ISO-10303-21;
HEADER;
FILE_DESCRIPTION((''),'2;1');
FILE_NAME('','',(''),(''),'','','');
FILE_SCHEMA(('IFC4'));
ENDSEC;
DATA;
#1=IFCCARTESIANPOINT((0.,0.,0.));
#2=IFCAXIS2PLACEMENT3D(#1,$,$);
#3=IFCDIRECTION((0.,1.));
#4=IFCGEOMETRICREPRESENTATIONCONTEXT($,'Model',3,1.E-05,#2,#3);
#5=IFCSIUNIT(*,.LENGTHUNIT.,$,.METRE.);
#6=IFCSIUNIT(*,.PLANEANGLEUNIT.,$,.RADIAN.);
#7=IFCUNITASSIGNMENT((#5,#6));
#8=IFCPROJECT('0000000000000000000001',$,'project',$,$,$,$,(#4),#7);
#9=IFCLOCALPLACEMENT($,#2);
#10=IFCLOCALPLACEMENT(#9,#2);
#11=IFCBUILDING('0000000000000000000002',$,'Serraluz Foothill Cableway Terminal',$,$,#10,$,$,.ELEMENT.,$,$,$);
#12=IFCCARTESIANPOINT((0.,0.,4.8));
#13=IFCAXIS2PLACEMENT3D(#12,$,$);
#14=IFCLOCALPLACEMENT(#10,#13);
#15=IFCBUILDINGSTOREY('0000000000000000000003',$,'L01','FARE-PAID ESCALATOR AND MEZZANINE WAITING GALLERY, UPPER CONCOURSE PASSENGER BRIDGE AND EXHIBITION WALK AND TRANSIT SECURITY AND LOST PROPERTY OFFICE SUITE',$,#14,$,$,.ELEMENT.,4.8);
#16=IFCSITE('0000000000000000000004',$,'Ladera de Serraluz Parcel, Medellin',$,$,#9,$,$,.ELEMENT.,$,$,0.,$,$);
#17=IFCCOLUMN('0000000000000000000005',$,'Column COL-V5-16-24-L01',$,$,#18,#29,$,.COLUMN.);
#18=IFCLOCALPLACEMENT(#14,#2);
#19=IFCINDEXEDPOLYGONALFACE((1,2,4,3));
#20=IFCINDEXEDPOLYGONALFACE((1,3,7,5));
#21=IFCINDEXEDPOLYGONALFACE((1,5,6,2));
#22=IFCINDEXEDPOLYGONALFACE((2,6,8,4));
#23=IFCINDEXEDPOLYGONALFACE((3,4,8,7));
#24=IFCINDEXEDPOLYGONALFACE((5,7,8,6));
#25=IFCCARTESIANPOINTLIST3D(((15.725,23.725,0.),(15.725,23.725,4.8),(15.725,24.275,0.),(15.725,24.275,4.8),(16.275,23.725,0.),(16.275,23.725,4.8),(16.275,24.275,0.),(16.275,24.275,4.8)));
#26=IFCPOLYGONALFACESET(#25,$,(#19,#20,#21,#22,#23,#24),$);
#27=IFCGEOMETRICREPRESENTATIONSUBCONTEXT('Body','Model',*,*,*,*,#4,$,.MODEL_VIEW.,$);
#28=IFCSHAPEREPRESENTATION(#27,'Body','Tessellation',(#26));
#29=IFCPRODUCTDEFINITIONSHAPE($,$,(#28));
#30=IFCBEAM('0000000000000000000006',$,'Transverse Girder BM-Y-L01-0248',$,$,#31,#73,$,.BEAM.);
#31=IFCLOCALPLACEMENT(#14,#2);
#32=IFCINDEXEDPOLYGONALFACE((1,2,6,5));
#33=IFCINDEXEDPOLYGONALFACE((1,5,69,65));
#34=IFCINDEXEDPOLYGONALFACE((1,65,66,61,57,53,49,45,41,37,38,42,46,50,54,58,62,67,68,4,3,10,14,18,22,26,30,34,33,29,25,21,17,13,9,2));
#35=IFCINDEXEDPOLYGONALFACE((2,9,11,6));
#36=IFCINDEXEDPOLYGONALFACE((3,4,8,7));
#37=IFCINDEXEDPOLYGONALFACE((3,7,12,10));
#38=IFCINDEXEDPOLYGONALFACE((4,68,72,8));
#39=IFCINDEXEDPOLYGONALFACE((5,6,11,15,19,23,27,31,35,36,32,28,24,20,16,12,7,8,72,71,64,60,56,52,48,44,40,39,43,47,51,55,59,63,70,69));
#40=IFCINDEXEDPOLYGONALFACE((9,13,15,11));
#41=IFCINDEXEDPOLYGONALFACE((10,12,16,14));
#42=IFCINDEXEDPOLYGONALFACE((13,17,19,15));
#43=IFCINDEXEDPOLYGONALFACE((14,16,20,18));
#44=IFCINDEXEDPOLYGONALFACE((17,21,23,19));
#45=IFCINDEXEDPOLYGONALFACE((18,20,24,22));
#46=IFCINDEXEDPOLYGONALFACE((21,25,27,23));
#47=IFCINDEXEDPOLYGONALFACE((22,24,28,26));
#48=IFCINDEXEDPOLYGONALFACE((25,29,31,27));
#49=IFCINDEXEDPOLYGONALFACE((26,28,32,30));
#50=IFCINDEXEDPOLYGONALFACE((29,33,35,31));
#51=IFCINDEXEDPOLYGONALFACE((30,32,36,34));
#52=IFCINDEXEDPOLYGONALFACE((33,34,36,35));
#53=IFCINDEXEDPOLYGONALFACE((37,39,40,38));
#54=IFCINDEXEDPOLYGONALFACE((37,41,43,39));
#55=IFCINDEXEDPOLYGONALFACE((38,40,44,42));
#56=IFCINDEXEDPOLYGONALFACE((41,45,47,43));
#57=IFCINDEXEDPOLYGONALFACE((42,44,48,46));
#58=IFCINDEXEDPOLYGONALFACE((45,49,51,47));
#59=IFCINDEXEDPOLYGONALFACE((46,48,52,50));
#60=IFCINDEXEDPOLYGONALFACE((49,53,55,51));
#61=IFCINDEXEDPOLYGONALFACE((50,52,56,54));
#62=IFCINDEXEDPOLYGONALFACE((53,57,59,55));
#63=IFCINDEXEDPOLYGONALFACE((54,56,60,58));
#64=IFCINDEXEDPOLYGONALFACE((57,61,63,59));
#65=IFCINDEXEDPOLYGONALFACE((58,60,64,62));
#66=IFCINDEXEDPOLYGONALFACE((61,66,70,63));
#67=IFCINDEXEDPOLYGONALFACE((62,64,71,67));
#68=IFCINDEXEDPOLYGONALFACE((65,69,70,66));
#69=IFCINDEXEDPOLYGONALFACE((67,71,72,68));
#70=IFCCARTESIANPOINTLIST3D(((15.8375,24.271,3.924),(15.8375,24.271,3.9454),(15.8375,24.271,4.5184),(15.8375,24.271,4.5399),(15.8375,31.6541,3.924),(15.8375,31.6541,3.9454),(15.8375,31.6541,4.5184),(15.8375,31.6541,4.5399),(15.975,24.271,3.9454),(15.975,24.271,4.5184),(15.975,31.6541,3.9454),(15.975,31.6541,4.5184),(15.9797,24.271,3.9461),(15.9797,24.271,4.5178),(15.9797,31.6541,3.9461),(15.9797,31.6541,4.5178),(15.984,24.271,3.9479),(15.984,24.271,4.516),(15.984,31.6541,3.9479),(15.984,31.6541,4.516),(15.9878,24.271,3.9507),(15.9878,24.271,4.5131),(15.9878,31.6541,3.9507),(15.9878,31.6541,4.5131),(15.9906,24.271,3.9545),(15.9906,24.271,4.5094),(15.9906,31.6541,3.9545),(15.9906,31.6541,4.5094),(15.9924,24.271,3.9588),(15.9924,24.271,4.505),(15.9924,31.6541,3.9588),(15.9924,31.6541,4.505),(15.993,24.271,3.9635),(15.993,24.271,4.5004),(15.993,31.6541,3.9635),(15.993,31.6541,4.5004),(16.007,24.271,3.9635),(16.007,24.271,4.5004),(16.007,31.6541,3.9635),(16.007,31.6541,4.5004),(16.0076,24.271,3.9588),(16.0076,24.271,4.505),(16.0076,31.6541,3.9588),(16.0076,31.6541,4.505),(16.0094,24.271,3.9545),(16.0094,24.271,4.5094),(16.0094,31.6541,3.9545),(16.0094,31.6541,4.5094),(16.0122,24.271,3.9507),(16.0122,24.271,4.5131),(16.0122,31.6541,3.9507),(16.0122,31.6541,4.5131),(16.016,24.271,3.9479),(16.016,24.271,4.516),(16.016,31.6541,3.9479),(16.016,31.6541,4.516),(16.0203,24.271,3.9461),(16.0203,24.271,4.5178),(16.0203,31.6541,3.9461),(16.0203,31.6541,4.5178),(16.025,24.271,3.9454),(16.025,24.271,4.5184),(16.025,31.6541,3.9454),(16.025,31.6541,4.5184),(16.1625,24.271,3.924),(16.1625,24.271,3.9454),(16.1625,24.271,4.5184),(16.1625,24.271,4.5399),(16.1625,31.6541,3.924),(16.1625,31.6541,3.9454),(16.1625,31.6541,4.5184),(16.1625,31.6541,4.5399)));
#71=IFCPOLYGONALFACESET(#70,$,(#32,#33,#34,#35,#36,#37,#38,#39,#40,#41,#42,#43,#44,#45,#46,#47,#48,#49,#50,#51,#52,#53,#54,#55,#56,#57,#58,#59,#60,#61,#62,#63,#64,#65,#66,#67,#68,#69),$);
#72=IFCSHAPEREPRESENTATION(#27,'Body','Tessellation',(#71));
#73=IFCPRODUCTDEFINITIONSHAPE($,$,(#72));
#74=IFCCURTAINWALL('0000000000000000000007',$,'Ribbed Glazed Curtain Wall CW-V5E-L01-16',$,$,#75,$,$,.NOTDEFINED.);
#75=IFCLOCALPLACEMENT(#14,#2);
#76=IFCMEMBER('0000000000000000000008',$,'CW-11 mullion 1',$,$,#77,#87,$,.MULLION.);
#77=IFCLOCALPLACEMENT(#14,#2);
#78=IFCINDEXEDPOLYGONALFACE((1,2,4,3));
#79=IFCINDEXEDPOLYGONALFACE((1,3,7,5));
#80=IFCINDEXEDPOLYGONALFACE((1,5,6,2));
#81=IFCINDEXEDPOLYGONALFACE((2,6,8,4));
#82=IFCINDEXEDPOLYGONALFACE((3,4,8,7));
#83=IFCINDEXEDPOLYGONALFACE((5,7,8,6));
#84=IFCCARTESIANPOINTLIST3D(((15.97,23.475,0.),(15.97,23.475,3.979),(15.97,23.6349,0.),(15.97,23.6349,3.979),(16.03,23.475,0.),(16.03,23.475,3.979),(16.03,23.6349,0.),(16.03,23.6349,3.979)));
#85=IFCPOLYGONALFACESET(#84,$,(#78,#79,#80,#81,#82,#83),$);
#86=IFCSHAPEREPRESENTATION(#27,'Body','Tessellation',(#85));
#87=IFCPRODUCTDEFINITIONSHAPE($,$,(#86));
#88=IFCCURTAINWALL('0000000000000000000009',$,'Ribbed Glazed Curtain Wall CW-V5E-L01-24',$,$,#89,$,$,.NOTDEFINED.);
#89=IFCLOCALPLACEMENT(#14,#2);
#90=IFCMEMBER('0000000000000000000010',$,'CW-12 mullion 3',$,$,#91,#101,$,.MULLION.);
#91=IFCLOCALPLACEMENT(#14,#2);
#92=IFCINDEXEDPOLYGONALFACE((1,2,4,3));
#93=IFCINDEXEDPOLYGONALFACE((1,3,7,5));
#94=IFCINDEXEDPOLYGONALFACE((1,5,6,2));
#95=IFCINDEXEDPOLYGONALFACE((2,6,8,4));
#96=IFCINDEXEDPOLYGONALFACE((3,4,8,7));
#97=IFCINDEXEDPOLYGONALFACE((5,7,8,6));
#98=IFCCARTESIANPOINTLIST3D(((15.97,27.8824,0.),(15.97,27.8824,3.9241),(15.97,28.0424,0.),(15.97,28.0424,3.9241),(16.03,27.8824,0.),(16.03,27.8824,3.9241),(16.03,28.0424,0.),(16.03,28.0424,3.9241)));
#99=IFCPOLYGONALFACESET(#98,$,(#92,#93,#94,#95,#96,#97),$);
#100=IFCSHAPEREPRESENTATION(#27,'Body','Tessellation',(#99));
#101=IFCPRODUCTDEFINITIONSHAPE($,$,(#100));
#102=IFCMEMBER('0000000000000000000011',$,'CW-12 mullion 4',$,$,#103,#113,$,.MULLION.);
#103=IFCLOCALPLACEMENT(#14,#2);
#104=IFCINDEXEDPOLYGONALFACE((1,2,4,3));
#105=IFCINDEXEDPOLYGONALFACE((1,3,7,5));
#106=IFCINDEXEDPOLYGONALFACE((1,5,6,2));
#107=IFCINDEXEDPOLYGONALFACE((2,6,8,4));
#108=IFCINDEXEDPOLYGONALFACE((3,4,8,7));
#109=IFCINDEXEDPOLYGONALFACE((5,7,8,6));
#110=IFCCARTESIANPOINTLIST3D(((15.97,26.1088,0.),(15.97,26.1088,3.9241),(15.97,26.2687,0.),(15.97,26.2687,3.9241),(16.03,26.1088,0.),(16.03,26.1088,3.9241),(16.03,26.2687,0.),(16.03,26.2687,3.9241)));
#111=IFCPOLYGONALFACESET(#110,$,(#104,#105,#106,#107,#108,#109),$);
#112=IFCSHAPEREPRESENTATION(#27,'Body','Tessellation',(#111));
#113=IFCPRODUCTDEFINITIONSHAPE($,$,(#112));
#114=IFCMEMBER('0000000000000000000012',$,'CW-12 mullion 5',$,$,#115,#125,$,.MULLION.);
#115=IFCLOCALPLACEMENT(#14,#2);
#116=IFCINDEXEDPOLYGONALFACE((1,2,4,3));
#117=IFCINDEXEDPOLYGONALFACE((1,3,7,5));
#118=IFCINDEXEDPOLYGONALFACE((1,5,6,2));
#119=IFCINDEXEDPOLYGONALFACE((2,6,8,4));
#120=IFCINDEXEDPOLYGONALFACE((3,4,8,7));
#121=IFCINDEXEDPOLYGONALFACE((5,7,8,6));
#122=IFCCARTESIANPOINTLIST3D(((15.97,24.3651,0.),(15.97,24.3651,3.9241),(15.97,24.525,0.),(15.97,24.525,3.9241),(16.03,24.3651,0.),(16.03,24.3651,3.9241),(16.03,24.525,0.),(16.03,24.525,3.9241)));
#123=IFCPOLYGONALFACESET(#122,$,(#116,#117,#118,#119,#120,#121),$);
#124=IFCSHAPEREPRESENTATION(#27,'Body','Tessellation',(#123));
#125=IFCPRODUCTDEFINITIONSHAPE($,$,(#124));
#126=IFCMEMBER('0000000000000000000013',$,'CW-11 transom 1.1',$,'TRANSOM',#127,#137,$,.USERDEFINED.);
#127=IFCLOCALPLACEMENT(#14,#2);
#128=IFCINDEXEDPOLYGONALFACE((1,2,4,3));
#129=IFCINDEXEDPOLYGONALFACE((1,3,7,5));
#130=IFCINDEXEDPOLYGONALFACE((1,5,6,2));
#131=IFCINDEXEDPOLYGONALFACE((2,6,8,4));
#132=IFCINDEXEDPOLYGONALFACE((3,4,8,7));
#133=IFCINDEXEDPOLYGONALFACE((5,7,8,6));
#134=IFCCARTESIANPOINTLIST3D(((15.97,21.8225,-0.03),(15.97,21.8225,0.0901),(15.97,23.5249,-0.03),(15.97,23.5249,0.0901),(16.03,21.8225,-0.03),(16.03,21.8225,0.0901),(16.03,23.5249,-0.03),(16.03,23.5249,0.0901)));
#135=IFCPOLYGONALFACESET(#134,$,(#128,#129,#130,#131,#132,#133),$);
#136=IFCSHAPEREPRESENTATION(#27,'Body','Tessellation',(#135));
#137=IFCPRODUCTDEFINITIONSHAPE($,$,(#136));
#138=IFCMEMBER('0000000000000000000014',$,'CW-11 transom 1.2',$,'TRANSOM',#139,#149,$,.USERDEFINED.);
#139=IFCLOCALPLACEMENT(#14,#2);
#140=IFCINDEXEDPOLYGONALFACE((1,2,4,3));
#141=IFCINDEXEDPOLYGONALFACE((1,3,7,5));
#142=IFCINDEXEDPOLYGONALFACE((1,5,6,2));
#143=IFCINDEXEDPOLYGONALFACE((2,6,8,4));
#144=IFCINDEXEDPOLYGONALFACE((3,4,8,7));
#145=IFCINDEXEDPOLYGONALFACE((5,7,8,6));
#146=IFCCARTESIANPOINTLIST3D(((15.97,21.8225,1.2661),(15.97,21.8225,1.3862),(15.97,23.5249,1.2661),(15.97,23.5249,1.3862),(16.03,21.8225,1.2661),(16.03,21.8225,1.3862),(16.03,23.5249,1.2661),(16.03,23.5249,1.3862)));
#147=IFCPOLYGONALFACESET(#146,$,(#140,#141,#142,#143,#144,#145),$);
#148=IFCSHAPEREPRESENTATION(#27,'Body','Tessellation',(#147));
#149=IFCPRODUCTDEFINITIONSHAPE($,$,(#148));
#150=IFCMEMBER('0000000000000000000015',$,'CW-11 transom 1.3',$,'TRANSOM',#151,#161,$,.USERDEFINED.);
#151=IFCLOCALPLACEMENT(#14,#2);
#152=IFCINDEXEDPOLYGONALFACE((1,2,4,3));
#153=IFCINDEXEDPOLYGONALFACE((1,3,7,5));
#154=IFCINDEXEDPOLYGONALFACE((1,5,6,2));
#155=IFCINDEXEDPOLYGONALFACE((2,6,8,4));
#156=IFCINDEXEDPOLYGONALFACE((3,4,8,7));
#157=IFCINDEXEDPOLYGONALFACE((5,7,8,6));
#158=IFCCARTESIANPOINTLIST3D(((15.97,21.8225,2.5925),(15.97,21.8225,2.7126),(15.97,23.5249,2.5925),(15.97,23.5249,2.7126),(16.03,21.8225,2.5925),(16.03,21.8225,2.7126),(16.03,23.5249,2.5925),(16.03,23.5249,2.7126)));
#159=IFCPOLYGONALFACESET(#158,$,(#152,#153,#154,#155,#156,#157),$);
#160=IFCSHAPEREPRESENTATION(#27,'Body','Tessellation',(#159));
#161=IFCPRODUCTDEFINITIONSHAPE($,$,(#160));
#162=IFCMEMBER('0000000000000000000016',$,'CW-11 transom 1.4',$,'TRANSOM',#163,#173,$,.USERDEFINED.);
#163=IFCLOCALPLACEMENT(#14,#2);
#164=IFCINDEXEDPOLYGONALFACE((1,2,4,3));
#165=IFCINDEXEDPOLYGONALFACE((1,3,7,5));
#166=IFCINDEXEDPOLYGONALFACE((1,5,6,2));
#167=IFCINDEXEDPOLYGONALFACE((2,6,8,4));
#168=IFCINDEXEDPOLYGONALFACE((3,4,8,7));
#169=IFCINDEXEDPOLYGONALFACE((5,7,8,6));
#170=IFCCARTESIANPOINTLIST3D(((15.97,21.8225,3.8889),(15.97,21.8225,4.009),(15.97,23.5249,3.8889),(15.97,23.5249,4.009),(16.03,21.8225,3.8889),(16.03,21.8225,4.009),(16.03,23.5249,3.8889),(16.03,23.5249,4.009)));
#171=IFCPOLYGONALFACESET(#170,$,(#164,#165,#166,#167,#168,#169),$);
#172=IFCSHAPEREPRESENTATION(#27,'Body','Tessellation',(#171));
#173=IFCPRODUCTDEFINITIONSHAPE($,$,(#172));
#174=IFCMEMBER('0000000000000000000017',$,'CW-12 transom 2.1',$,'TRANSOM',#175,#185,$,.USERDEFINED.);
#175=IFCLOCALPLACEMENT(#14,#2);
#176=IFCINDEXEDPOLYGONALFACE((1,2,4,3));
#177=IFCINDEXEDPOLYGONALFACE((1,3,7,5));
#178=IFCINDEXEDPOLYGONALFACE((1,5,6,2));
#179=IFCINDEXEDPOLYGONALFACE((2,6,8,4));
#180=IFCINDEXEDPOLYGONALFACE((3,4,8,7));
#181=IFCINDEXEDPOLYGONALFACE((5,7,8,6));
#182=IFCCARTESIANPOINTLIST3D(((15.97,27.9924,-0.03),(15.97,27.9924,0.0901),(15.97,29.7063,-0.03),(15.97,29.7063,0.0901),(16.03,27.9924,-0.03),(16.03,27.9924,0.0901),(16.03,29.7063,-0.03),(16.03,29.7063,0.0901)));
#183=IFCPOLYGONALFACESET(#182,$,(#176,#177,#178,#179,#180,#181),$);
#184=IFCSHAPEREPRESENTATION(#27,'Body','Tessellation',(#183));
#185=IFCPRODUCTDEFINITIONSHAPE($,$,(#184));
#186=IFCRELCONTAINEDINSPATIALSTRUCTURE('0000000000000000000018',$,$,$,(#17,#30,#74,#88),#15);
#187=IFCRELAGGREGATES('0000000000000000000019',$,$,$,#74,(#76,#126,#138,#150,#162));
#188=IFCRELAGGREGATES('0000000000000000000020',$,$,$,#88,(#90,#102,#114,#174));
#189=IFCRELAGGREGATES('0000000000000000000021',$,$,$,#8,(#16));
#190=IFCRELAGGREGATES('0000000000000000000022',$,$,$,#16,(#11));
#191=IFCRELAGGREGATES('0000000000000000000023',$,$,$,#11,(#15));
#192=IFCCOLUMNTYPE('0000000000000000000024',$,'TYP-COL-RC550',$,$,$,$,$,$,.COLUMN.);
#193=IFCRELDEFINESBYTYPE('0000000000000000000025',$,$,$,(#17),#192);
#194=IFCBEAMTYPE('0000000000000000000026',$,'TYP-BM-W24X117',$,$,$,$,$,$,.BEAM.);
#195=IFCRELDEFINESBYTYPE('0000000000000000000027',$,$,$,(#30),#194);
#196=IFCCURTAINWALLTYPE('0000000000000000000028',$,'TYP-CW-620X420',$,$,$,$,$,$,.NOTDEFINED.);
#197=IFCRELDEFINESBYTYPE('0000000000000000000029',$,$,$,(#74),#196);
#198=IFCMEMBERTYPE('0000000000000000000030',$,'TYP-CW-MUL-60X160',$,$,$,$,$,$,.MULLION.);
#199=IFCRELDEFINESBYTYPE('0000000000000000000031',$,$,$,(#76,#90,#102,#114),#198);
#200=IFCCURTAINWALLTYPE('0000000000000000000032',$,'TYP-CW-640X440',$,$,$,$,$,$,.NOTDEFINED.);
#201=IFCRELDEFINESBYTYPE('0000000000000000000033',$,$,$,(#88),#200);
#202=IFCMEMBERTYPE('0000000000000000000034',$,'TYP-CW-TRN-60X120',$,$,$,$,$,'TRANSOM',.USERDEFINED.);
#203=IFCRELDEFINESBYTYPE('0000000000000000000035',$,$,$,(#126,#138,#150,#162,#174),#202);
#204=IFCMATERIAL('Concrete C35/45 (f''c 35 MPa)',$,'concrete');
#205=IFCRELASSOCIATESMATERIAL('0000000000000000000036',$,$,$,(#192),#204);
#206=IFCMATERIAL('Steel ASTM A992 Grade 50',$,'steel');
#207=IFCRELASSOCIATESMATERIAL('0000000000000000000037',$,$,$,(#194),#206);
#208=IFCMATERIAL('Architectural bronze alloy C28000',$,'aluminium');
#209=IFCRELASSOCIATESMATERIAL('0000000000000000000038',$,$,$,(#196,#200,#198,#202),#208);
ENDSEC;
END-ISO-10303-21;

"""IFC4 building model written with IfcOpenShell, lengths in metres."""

from ifc_helpers import new_model, si_unit, direction, frame, origin, origin_2d, place, context, subcontext, project, spatial, rectangle, i_section, extrude, material, material_profile, profile_set, type_object, element, aggregate, save


model = new_model("IFC4")

# Units and contexts
model_context = context("Model", 3, precision=1e-05, world=origin(), true_north=direction((0.0, 1.0)))
body_context = subcontext(model_context, "Body", "Model", "MODEL_VIEW")
ifc_project = project(units=[si_unit("LENGTHUNIT", "METRE"), si_unit("PLANEANGLEUNIT", "RADIAN")], contexts=[model_context])

# Site, building, storey
site_placement = place(None, origin())
site = spatial("IfcSite", under=ifc_project, at=site_placement, Name="Ladera de Serraluz Parcel, Medellin", CompositionType="ELEMENT", RefElevation=0.0)
building_placement = place(site_placement, origin())
building = spatial("IfcBuilding", under=site, at=building_placement, Name="Serraluz Foothill Cableway Terminal", CompositionType="ELEMENT")
storey_placement = place(building_placement, frame((0.0, 0.0, 4.8)))
storey = spatial("IfcBuildingStorey", under=building, at=storey_placement, Name="L01", Description="FARE-PAID ESCALATOR AND MEZZANINE WAITING GALLERY, UPPER CONCOURSE PASSENGER BRIDGE AND EXHIBITION WALK AND TRANSIT SECURITY AND LOST PROPERTY OFFICE SUITE", CompositionType="ELEMENT", Elevation=4.8)

# Column
ifc_material_1 = material(Name="Concrete C35/45 (f'c 35 MPa)", Category="concrete")
ifc_material_profile_1 = material_profile(ifc_material_1, rectangle(XDim=0.55, YDim=0.55, at=origin_2d()), Name="RC 550x550")
ifc_profile_set_1 = profile_set([ifc_material_profile_1], Name="Concrete C35/45 (f'c 35 MPa)")
column_type = type_object("IfcColumnType", Name="TYP-COL-RC550", PredefinedType="COLUMN", material=ifc_profile_set_1)
column_placement = place(storey_placement, frame((16.0, 24.0, 0.0), z_axis=(0.0, 0.0, 1.0), x_axis=(1.0, 0.0, 0.0)))
element("IfcColumn", 1, at=column_placement, inside=storey, type_object=column_type, Name="Column COL-V5-16-24-L01", PredefinedType="COLUMN", context=body_context, shape_type="SweptSolid", body=[
    extrude(rectangle(XDim=0.55, YDim=0.55, at=origin_2d()), origin(), (0.0, 0.0, 1.0), 4.8),
])

# Beam
ifc_material_2 = material(Name="Steel ASTM A992 Grade 50", Category="steel")
ifc_material_profile_2 = material_profile(ifc_material_2, i_section(OverallWidth=0.325, OverallDepth=0.616, WebThickness=0.0139, FlangeThickness=0.0215, FilletRadius=0.0181, at=origin_2d()), Name="W24X117")
ifc_profile_set_2 = profile_set([ifc_material_profile_2], Name="Steel ASTM A992 Grade 50")
beam_type = type_object("IfcBeamType", Name="TYP-BM-W24X117", PredefinedType="BEAM", material=ifc_profile_set_2)
beam_placement = place(storey_placement, frame((16.0, 24.271, 4.2319), z_axis=(0.0, 1.0, 0.0), x_axis=(-1.0, 0.0, 0.0)))
element("IfcBeam", 2, at=beam_placement, inside=storey, type_object=beam_type, Name="Transverse Girder BM-Y-L01-0248", PredefinedType="BEAM", context=body_context, shape_type="SweptSolid", body=[
    extrude(i_section(OverallWidth=0.325, OverallDepth=0.616, WebThickness=0.0139, FlangeThickness=0.0215, FilletRadius=0.0181, at=origin_2d()), origin(), (0.0, 0.0, 1.0), 7.3831),
])

# Curtain wall, member
ifc_material_3 = material(Name="Architectural bronze alloy C28000", Category="aluminium")
curtain_wall_type_1 = type_object("IfcCurtainWallType", Name="TYP-CW-620X420", PredefinedType="NOTDEFINED", material=ifc_material_3)
curtain_wall_1_placement = place(storey_placement, origin())
curtain_wall_1 = element("IfcCurtainWall", 3, at=curtain_wall_1_placement, inside=storey, type_object=curtain_wall_type_1, Name="Ribbed Glazed Curtain Wall CW-V5E-L01-16", PredefinedType="NOTDEFINED")
ifc_material_profile_3 = material_profile(ifc_material_3, rectangle(XDim=0.0601, YDim=0.1599, at=origin_2d()), Name="ALU MULLION 60x160")
ifc_profile_set_3 = profile_set([ifc_material_profile_3], Name="Architectural bronze alloy C28000")
member_type_1 = type_object("IfcMemberType", Name="TYP-CW-MUL-60X160", PredefinedType="MULLION", material=ifc_profile_set_3)
member_1_placement = place(storey_placement, frame((16.0, 23.5549, 0.0), z_axis=(0.0, 0.0, 1.0), x_axis=(1.0, 0.0, 0.0)))
member_1 = element("IfcMember", 4, at=member_1_placement, type_object=member_type_1, Name="CW-11 mullion 1", PredefinedType="MULLION", context=body_context, shape_type="SweptSolid", body=[
    extrude(rectangle(XDim=0.0601, YDim=0.1599, at=origin_2d()), origin(), (0.0, 0.0, 1.0), 3.979),
])

# Curtain wall, members
curtain_wall_type_2 = type_object("IfcCurtainWallType", Name="TYP-CW-640X440", PredefinedType="NOTDEFINED", material=ifc_material_3)
curtain_wall_2_placement = place(storey_placement, origin())
curtain_wall_2 = element("IfcCurtainWall", 5, at=curtain_wall_2_placement, inside=storey, type_object=curtain_wall_type_2, Name="Ribbed Glazed Curtain Wall CW-V5E-L01-24", PredefinedType="NOTDEFINED")
member_2_placement = place(storey_placement, frame((16.0, 27.9624, 0.0), z_axis=(0.0, 0.0, 1.0), x_axis=(1.0, 0.0, 0.0)))
member_2 = element("IfcMember", 6, at=member_2_placement, type_object=member_type_1, Name="CW-12 mullion 3", PredefinedType="MULLION", context=body_context, shape_type="SweptSolid", body=[
    extrude(rectangle(XDim=0.0601, YDim=0.1599, at=origin_2d()), origin(), (0.0, 0.0, 1.0), 3.9241),
])
member_3_placement = place(storey_placement, frame((16.0, 26.1887, 0.0), z_axis=(0.0, 0.0, 1.0), x_axis=(1.0, 0.0, 0.0)))
member_3 = element("IfcMember", 7, at=member_3_placement, type_object=member_type_1, Name="CW-12 mullion 4", PredefinedType="MULLION", context=body_context, shape_type="SweptSolid", body=[
    extrude(rectangle(XDim=0.0601, YDim=0.1599, at=origin_2d()), origin(), (0.0, 0.0, 1.0), 3.9241),
])
member_4_placement = place(storey_placement, frame((16.0, 24.4451, 0.0), z_axis=(0.0, 0.0, 1.0), x_axis=(1.0, 0.0, 0.0)))
member_4 = element("IfcMember", 8, at=member_4_placement, type_object=member_type_1, Name="CW-12 mullion 5", PredefinedType="MULLION", context=body_context, shape_type="SweptSolid", body=[
    extrude(rectangle(XDim=0.0601, YDim=0.1599, at=origin_2d()), origin(), (0.0, 0.0, 1.0), 3.9241),
])

# Members
ifc_material_profile_4 = material_profile(ifc_material_3, rectangle(XDim=0.0601, YDim=0.1201, at=origin_2d()), Name="ALU TRANSOM 60x120")
ifc_profile_set_4 = profile_set([ifc_material_profile_4], Name="Architectural bronze alloy C28000")
member_type_2 = type_object("IfcMemberType", Name="TYP-CW-TRN-60X120", ElementType="TRANSOM", PredefinedType="USERDEFINED", material=ifc_profile_set_4)
member_5_placement = place(storey_placement, frame((16.0, 23.5249, 0.03), z_axis=(0.0, -1.0, 0.0), x_axis=(1.0, 0.0, 0.0)))
member_5 = element("IfcMember", 9, at=member_5_placement, type_object=member_type_2, Name="CW-11 transom 1.1", ObjectType="TRANSOM", PredefinedType="USERDEFINED", context=body_context, shape_type="SweptSolid", body=[
    extrude(rectangle(XDim=0.0601, YDim=0.1201, at=origin_2d()), origin(), (0.0, 0.0, 1.0), 1.7024),
])
member_6_placement = place(storey_placement, frame((16.0, 23.5249, 1.3262), z_axis=(0.0, -1.0, 0.0), x_axis=(1.0, 0.0, 0.0)))
member_6 = element("IfcMember", 10, at=member_6_placement, type_object=member_type_2, Name="CW-11 transom 1.2", ObjectType="TRANSOM", PredefinedType="USERDEFINED", context=body_context, shape_type="SweptSolid", body=[
    extrude(rectangle(XDim=0.0601, YDim=0.1201, at=origin_2d()), origin(), (0.0, 0.0, 1.0), 1.7024),
])
member_7_placement = place(storey_placement, frame((16.0, 23.5249, 2.6526), z_axis=(0.0, -1.0, 0.0), x_axis=(1.0, 0.0, 0.0)))
member_7 = element("IfcMember", 11, at=member_7_placement, type_object=member_type_2, Name="CW-11 transom 1.3", ObjectType="TRANSOM", PredefinedType="USERDEFINED", context=body_context, shape_type="SweptSolid", body=[
    extrude(rectangle(XDim=0.0601, YDim=0.1201, at=origin_2d()), origin(), (0.0, 0.0, 1.0), 1.7024),
])
member_8_placement = place(storey_placement, frame((16.0, 23.5249, 3.949), z_axis=(0.0, -1.0, 0.0), x_axis=(1.0, 0.0, 0.0)))
member_8 = element("IfcMember", 12, at=member_8_placement, type_object=member_type_2, Name="CW-11 transom 1.4", ObjectType="TRANSOM", PredefinedType="USERDEFINED", context=body_context, shape_type="SweptSolid", body=[
    extrude(rectangle(XDim=0.0601, YDim=0.1201, at=origin_2d()), origin(), (0.0, 0.0, 1.0), 1.7024),
])
member_9_placement = place(storey_placement, frame((16.0, 29.7063, 0.03), z_axis=(0.0, -1.0, 0.0), x_axis=(1.0, 0.0, 0.0)))
member_9 = element("IfcMember", 13, at=member_9_placement, type_object=member_type_2, Name="CW-12 transom 2.1", ObjectType="TRANSOM", PredefinedType="USERDEFINED", context=body_context, shape_type="SweptSolid", body=[
    extrude(rectangle(XDim=0.0601, YDim=0.1201, at=origin_2d()), origin(), (0.0, 0.0, 1.0), 1.7139),
])

aggregate(curtain_wall_1, [member_1, member_5, member_6, member_7, member_8])
aggregate(curtain_wall_2, [member_2, member_3, member_4, member_9])

save(model, "model.ifc")
